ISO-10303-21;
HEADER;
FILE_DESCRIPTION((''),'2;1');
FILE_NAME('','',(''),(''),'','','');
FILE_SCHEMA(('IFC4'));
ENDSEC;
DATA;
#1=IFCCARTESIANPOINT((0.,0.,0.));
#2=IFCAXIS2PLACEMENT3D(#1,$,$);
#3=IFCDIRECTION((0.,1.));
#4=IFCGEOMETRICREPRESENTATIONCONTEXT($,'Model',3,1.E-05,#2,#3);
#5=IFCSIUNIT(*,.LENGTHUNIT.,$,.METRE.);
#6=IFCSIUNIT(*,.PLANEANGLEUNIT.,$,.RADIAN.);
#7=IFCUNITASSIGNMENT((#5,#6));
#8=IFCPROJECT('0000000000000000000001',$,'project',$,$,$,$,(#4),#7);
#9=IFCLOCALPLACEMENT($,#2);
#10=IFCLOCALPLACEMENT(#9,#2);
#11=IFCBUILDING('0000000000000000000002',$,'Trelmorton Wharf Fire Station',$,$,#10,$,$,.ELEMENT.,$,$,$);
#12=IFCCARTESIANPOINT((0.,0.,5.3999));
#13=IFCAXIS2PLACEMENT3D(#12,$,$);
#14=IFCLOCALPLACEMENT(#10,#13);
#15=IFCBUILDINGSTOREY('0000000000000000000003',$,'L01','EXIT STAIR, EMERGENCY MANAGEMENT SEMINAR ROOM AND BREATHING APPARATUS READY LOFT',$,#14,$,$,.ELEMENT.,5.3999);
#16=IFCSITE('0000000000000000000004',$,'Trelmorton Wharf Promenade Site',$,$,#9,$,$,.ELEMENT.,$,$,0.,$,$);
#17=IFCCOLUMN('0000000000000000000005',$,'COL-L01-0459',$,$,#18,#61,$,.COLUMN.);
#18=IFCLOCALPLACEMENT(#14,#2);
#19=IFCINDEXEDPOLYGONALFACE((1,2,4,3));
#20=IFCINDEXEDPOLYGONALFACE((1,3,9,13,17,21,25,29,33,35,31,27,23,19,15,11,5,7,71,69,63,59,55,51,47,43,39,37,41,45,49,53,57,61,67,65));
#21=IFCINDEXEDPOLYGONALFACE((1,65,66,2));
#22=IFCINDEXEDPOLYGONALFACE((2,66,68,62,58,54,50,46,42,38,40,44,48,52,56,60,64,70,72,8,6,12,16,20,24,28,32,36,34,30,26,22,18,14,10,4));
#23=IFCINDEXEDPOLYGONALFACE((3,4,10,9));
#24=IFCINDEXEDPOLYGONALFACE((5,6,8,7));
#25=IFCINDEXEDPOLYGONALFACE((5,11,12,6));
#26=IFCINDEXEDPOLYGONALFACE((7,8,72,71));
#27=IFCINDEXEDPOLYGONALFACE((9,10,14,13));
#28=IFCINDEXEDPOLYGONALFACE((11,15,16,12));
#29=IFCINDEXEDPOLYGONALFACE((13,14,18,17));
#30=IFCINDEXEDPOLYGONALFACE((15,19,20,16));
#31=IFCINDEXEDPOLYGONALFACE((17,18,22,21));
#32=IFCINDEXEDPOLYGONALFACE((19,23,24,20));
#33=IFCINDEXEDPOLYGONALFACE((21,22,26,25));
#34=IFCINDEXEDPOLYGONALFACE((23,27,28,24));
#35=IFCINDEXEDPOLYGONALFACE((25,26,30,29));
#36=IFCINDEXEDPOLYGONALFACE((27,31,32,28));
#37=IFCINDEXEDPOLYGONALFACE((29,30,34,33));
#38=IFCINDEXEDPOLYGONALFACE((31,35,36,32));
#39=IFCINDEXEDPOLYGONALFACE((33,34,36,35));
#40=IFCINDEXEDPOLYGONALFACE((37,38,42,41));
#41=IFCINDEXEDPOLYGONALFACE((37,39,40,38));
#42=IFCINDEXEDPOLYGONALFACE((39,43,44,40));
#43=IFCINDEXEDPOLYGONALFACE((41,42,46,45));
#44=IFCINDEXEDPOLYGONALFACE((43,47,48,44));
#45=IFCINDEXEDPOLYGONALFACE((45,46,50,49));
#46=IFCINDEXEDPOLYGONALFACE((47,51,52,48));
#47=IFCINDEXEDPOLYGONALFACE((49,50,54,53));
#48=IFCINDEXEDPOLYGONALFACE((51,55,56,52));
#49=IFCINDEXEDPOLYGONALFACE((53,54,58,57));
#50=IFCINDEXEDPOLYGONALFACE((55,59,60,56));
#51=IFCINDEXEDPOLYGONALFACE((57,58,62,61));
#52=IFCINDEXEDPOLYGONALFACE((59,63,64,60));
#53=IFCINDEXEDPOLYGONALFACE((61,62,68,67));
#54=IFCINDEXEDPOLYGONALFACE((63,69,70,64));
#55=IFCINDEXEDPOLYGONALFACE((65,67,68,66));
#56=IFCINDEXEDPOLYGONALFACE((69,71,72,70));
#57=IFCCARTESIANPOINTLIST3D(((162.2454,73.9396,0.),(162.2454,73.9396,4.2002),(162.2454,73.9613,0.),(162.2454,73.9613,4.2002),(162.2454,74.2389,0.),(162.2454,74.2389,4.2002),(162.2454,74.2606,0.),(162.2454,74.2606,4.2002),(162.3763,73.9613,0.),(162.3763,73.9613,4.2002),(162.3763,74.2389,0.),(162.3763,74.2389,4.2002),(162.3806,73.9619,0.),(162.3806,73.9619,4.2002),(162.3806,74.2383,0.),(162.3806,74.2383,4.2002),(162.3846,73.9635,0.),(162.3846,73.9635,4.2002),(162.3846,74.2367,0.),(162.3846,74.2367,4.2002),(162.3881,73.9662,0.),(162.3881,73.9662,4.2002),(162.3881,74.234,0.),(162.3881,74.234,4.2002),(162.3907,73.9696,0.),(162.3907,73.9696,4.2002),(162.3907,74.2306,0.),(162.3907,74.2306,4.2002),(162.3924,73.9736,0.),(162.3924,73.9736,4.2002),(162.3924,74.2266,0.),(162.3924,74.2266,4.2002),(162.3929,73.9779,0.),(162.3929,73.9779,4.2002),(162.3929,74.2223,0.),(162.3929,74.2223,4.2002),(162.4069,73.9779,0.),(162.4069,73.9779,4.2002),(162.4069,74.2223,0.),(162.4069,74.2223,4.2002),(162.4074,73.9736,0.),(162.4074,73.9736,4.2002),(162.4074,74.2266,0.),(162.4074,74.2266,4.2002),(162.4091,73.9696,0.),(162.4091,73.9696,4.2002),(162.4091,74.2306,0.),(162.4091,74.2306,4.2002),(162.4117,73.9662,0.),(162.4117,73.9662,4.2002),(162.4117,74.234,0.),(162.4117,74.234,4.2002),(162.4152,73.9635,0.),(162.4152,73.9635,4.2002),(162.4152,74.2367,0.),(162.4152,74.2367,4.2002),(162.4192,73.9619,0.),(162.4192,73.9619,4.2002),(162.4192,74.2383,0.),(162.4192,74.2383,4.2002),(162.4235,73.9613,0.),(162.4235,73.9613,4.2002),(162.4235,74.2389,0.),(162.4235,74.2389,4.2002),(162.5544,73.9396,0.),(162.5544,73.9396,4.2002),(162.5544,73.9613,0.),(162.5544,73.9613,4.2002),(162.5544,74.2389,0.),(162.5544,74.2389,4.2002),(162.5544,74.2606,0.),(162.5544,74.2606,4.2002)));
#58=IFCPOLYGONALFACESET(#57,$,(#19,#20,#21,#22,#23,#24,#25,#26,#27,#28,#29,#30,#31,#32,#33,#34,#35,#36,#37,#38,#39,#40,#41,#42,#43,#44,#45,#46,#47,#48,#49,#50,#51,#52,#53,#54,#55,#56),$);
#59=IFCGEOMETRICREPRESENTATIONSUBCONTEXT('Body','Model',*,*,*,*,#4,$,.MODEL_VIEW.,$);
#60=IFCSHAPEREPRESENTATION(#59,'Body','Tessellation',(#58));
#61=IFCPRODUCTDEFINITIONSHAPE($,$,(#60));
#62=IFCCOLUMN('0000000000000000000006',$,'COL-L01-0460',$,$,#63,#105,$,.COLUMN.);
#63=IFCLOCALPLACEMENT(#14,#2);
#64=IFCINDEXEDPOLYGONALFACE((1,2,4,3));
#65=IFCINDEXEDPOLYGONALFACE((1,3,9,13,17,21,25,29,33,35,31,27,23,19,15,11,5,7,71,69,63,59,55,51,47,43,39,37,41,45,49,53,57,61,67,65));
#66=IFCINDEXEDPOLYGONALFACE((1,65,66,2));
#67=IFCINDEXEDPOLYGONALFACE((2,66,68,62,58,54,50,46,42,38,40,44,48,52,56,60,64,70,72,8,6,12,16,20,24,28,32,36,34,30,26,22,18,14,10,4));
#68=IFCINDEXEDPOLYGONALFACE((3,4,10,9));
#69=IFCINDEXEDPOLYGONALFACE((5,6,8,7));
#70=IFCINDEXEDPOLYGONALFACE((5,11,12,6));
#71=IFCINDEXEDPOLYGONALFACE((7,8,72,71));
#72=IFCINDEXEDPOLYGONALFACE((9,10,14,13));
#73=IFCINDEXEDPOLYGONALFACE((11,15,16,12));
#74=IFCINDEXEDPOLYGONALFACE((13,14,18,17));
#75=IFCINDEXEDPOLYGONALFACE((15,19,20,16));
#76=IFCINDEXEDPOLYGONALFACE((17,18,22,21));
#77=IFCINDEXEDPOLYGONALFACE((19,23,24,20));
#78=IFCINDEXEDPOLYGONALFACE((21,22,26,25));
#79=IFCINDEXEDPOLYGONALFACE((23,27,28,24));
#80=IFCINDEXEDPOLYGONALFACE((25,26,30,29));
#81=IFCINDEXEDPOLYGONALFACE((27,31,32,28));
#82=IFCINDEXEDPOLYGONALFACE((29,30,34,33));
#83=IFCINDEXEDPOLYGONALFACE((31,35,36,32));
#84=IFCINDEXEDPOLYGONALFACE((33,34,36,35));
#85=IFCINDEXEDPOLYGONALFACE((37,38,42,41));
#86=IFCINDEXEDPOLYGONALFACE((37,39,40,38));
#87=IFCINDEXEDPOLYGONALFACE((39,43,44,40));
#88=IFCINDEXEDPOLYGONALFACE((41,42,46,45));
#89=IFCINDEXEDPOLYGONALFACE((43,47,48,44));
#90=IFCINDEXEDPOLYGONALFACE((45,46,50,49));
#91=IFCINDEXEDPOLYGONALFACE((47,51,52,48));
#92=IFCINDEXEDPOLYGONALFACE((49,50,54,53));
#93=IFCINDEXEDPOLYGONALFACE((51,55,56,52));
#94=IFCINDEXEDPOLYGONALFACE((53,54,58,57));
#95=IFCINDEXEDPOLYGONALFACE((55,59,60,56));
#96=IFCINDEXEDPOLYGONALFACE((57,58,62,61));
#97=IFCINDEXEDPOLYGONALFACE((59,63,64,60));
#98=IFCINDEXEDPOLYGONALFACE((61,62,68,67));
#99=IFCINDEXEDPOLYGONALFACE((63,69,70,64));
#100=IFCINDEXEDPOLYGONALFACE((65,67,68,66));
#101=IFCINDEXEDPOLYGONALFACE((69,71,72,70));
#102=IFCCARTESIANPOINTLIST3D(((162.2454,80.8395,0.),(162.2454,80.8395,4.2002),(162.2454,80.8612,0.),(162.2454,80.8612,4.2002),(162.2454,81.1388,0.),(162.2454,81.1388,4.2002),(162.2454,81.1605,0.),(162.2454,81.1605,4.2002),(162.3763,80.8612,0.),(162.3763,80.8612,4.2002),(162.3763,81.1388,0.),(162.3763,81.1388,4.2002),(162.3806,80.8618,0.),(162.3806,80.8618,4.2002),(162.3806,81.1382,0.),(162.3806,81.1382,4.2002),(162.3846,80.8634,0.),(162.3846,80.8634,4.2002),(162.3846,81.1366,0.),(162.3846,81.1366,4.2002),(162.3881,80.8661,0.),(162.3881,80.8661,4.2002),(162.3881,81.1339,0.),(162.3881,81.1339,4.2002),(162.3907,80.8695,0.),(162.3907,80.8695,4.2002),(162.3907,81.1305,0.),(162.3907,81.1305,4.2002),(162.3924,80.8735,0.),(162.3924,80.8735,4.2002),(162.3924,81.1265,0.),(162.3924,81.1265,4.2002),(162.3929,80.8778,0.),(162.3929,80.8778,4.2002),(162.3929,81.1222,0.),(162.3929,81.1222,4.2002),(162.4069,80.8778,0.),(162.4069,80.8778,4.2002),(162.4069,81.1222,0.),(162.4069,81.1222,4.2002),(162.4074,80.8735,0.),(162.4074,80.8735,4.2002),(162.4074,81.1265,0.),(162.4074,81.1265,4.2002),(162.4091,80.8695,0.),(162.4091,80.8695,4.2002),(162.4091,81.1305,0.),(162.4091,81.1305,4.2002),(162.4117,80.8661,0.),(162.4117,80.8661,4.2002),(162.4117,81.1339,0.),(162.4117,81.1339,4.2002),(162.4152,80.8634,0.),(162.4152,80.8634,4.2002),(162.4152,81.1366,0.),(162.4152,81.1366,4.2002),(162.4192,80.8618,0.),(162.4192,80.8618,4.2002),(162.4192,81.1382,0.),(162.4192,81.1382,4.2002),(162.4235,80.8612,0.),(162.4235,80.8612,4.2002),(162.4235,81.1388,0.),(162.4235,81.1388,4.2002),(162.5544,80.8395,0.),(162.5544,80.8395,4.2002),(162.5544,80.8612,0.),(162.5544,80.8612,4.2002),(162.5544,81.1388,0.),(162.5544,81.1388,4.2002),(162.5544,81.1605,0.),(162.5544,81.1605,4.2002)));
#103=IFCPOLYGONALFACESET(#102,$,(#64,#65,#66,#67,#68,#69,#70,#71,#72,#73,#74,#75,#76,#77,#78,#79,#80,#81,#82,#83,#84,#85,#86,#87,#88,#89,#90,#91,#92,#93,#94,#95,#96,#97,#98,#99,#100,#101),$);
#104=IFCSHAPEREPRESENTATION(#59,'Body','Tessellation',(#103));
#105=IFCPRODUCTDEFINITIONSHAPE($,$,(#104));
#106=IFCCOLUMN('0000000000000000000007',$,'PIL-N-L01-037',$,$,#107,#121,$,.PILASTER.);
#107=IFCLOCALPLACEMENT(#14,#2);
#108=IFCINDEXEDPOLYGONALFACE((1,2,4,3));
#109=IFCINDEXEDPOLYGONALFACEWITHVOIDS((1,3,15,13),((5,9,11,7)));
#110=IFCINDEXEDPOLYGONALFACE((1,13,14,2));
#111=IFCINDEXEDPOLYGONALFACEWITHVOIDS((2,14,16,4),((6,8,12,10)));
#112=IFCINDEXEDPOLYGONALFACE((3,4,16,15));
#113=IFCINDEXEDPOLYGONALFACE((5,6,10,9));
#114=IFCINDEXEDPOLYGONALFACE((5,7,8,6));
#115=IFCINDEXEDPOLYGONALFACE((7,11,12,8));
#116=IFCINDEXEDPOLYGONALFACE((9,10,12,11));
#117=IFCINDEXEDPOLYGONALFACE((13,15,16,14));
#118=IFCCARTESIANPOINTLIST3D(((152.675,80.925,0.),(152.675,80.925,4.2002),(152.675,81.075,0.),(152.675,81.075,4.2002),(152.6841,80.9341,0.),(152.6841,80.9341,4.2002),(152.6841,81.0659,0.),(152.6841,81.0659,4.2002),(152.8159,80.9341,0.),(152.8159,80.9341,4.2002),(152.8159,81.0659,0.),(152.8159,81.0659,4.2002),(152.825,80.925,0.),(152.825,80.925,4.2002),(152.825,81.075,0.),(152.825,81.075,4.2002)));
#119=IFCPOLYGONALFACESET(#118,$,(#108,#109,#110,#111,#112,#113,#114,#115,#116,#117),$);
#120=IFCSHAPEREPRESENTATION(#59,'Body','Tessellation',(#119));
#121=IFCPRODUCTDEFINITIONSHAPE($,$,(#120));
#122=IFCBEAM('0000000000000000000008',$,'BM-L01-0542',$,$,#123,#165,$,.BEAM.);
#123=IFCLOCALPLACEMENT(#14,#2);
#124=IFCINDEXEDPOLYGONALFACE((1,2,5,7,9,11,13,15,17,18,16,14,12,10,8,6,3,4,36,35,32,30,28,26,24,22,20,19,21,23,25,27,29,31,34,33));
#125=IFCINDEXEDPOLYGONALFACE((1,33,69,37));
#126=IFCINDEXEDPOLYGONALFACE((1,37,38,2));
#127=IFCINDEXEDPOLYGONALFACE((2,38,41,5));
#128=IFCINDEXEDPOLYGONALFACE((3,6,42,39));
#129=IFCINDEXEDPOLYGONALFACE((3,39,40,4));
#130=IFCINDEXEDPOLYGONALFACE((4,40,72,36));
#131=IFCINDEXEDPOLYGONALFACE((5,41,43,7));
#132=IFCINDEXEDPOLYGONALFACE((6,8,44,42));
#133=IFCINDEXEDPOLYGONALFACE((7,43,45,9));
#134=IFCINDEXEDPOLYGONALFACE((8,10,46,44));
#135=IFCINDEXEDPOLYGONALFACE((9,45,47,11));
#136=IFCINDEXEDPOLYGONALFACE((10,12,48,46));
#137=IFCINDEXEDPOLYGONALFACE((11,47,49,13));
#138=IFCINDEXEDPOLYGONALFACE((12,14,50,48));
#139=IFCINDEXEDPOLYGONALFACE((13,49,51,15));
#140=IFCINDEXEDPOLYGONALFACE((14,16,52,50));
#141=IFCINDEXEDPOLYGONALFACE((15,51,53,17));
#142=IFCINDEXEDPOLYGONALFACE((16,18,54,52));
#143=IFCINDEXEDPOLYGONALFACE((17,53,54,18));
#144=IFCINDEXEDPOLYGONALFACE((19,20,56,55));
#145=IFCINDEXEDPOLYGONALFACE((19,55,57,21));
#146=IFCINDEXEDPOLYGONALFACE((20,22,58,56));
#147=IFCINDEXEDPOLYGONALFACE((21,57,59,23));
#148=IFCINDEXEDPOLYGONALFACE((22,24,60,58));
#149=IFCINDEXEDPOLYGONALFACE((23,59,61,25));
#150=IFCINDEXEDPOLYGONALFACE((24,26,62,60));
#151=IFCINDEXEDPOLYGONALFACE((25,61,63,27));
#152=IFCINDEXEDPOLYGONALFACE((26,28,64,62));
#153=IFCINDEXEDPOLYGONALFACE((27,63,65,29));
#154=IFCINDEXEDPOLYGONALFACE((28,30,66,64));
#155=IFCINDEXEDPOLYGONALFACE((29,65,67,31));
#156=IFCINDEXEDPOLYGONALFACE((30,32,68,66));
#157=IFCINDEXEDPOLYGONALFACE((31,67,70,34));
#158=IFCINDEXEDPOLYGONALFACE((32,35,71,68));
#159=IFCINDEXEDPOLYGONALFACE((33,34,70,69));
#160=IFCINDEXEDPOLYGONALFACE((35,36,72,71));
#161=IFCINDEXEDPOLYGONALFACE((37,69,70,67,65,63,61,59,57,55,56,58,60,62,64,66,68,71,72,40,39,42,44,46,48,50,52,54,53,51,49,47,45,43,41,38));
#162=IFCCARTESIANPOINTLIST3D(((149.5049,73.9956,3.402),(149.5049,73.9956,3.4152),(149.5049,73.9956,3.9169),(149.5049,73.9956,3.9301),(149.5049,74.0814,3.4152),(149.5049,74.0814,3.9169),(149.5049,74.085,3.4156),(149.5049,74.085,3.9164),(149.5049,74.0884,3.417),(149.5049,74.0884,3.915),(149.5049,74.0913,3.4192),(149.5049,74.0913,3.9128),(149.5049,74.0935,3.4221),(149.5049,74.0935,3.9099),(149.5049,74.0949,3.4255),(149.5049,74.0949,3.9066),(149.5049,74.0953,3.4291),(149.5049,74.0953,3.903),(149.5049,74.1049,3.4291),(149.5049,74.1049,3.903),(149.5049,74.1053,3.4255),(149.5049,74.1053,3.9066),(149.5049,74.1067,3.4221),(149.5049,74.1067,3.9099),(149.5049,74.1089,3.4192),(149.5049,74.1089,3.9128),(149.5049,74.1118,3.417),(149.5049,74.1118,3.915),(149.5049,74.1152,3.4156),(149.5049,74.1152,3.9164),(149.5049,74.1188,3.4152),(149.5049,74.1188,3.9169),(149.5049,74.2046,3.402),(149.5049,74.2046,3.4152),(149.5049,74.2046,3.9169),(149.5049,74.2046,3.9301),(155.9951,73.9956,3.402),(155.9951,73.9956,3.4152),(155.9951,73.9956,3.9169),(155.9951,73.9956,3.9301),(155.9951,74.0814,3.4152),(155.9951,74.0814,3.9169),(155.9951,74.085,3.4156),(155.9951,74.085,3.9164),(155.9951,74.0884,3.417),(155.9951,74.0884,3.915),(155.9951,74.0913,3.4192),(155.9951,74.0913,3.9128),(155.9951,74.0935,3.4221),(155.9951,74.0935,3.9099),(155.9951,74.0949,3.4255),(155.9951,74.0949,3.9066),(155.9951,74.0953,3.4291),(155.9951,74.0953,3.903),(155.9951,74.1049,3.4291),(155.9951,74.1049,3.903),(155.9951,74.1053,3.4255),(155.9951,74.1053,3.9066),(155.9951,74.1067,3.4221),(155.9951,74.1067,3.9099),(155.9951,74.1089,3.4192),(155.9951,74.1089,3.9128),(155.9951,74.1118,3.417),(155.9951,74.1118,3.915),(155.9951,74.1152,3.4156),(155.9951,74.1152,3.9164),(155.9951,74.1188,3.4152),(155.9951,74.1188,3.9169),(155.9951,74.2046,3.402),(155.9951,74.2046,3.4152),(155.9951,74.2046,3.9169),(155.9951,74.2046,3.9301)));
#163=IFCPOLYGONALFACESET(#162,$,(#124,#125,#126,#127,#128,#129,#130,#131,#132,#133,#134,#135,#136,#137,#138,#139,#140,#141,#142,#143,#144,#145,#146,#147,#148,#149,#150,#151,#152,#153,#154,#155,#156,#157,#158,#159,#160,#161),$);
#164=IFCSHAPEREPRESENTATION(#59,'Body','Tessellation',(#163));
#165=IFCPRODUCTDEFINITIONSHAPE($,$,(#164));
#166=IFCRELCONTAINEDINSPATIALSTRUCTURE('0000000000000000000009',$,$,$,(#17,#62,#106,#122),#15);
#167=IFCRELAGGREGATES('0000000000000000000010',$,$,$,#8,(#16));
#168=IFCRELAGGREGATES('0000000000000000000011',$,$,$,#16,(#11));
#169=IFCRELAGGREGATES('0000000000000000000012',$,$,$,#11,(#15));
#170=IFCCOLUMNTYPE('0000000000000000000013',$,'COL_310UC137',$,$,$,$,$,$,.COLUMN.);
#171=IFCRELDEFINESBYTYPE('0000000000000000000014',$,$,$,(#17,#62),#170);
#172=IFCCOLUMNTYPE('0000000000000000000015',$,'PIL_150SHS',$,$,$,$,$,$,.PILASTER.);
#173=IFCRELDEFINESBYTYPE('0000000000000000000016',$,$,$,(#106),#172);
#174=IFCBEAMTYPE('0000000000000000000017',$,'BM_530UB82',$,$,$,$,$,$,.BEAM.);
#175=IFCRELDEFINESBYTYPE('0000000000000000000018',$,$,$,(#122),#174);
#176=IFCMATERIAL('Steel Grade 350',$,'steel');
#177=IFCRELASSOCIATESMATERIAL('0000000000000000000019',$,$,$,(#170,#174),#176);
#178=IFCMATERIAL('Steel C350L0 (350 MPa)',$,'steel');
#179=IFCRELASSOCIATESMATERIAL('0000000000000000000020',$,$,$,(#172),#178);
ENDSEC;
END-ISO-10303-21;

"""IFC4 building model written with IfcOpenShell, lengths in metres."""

from ifc_helpers import new_model, si_unit, direction, frame, origin, origin_2d, place, context, subcontext, project, spatial, hollow_rectangle, i_section, extrude, material, material_profile, profile_set, type_object, element, save


model = new_model("IFC4")

# Units and contexts
model_context = context("Model", 3, precision=1e-05, world=origin(), true_north=direction((0.0, 1.0)))
body_context = subcontext(model_context, "Body", "Model", "MODEL_VIEW")
ifc_project = project(units=[si_unit("LENGTHUNIT", "METRE"), si_unit("PLANEANGLEUNIT", "RADIAN")], contexts=[model_context])

# Site, building, storey
site_placement = place(None, origin())
site = spatial("IfcSite", under=ifc_project, at=site_placement, Name="Trelmorton Wharf Promenade Site", CompositionType="ELEMENT", RefElevation=0.0)
building_placement = place(site_placement, origin())
building = spatial("IfcBuilding", under=site, at=building_placement, Name="Trelmorton Wharf Fire Station", CompositionType="ELEMENT")
storey_placement = place(building_placement, frame((0.0, 0.0, 5.3999)))
storey = spatial("IfcBuildingStorey", under=building, at=storey_placement, Name="L01", Description="EXIT STAIR, EMERGENCY MANAGEMENT SEMINAR ROOM AND BREATHING APPARATUS READY LOFT", CompositionType="ELEMENT", Elevation=5.3999)

# Columns
ifc_material_1 = material(Name="Steel Grade 350", Category="steel")
ifc_material_profile_1 = material_profile(ifc_material_1, i_section(OverallWidth=0.3091, OverallDepth=0.321, WebThickness=0.0139, FlangeThickness=0.0217, FilletRadius=0.0166, at=origin_2d()), Name="310UC137")
ifc_profile_set_1 = profile_set([ifc_material_profile_1], Name="Steel Grade 350")
column_type_1 = type_object("IfcColumnType", Name="COL_310UC137", PredefinedType="COLUMN", material=ifc_profile_set_1)
for number, where, z_axis, x_axis, name in (
    (1, (162.3999, 74.1001, 0.0), (0.0, 0.0, 1.0), (1.0, 0.0, 0.0), "COL-L01-0459"),
    (2, (162.3999, 81.0, 0.0), (0.0, 0.0, 1.0), (1.0, 0.0, 0.0), "COL-L01-0460"),
):
    element("IfcColumn", number, at=place(storey_placement, frame(where, z_axis=z_axis, x_axis=x_axis)), inside=storey, type_object=column_type_1, Name=name, PredefinedType="COLUMN", context=body_context, shape_type="SweptSolid", body=[
        extrude(i_section(OverallWidth=0.3091, OverallDepth=0.321, WebThickness=0.0139, FlangeThickness=0.0217, FilletRadius=0.0166, at=origin_2d()), origin(), (0.0, 0.0, 1.0), 4.2002),
    ])
ifc_material_2 = material(Name="Steel C350L0 (350 MPa)", Category="steel")
ifc_material_profile_2 = material_profile(ifc_material_2, hollow_rectangle(XDim=0.1499, YDim=0.1499, WallThickness=0.009, at=origin_2d()), Name="150x150x9.0SHS")
ifc_profile_set_2 = profile_set([ifc_material_profile_2], Name="Steel C350L0 (350 MPa)")
column_type_2 = type_object("IfcColumnType", Name="PIL_150SHS", PredefinedType="PILASTER", material=ifc_profile_set_2)
column_placement = place(storey_placement, frame((152.75, 81.0, 0.0), z_axis=(0.0, 0.0, 1.0), x_axis=(1.0, 0.0, 0.0)))
element("IfcColumn", 3, at=column_placement, inside=storey, type_object=column_type_2, Name="PIL-N-L01-037", PredefinedType="PILASTER", context=body_context, shape_type="SweptSolid", body=[
    extrude(hollow_rectangle(XDim=0.1499, YDim=0.1499, WallThickness=0.009, at=origin_2d()), origin(), (0.0, 0.0, 1.0), 4.2002),
])

# Beam
ifc_material_profile_3 = material_profile(ifc_material_1, i_section(OverallWidth=0.209, OverallDepth=0.5281, WebThickness=0.0095, FlangeThickness=0.0132, FilletRadius=0.0139, at=origin_2d()), Name="530UB82.0")
ifc_profile_set_3 = profile_set([ifc_material_profile_3], Name="Steel Grade 350")
beam_type_1 = type_object("IfcBeamType", Name="BM_530UB82", PredefinedType="BEAM", material=ifc_profile_set_3)
beam_1_placement = place(storey_placement, frame((149.5049, 74.1001, 3.666), z_axis=(1.0, 0.0, 0.0), x_axis=(0.0, 1.0, 0.0)))
element("IfcBeam", 4, at=beam_1_placement, inside=storey, type_object=beam_type_1, Name="BM-L01-0542", PredefinedType="BEAM", context=body_context, shape_type="SweptSolid", body=[
    extrude(i_section(OverallWidth=0.209, OverallDepth=0.5281, WebThickness=0.0095, FlangeThickness=0.0132, FilletRadius=0.0139, at=origin_2d()), origin(), (0.0, 0.0, 1.0), 6.4902),
])

save(model, "model.ifc")
